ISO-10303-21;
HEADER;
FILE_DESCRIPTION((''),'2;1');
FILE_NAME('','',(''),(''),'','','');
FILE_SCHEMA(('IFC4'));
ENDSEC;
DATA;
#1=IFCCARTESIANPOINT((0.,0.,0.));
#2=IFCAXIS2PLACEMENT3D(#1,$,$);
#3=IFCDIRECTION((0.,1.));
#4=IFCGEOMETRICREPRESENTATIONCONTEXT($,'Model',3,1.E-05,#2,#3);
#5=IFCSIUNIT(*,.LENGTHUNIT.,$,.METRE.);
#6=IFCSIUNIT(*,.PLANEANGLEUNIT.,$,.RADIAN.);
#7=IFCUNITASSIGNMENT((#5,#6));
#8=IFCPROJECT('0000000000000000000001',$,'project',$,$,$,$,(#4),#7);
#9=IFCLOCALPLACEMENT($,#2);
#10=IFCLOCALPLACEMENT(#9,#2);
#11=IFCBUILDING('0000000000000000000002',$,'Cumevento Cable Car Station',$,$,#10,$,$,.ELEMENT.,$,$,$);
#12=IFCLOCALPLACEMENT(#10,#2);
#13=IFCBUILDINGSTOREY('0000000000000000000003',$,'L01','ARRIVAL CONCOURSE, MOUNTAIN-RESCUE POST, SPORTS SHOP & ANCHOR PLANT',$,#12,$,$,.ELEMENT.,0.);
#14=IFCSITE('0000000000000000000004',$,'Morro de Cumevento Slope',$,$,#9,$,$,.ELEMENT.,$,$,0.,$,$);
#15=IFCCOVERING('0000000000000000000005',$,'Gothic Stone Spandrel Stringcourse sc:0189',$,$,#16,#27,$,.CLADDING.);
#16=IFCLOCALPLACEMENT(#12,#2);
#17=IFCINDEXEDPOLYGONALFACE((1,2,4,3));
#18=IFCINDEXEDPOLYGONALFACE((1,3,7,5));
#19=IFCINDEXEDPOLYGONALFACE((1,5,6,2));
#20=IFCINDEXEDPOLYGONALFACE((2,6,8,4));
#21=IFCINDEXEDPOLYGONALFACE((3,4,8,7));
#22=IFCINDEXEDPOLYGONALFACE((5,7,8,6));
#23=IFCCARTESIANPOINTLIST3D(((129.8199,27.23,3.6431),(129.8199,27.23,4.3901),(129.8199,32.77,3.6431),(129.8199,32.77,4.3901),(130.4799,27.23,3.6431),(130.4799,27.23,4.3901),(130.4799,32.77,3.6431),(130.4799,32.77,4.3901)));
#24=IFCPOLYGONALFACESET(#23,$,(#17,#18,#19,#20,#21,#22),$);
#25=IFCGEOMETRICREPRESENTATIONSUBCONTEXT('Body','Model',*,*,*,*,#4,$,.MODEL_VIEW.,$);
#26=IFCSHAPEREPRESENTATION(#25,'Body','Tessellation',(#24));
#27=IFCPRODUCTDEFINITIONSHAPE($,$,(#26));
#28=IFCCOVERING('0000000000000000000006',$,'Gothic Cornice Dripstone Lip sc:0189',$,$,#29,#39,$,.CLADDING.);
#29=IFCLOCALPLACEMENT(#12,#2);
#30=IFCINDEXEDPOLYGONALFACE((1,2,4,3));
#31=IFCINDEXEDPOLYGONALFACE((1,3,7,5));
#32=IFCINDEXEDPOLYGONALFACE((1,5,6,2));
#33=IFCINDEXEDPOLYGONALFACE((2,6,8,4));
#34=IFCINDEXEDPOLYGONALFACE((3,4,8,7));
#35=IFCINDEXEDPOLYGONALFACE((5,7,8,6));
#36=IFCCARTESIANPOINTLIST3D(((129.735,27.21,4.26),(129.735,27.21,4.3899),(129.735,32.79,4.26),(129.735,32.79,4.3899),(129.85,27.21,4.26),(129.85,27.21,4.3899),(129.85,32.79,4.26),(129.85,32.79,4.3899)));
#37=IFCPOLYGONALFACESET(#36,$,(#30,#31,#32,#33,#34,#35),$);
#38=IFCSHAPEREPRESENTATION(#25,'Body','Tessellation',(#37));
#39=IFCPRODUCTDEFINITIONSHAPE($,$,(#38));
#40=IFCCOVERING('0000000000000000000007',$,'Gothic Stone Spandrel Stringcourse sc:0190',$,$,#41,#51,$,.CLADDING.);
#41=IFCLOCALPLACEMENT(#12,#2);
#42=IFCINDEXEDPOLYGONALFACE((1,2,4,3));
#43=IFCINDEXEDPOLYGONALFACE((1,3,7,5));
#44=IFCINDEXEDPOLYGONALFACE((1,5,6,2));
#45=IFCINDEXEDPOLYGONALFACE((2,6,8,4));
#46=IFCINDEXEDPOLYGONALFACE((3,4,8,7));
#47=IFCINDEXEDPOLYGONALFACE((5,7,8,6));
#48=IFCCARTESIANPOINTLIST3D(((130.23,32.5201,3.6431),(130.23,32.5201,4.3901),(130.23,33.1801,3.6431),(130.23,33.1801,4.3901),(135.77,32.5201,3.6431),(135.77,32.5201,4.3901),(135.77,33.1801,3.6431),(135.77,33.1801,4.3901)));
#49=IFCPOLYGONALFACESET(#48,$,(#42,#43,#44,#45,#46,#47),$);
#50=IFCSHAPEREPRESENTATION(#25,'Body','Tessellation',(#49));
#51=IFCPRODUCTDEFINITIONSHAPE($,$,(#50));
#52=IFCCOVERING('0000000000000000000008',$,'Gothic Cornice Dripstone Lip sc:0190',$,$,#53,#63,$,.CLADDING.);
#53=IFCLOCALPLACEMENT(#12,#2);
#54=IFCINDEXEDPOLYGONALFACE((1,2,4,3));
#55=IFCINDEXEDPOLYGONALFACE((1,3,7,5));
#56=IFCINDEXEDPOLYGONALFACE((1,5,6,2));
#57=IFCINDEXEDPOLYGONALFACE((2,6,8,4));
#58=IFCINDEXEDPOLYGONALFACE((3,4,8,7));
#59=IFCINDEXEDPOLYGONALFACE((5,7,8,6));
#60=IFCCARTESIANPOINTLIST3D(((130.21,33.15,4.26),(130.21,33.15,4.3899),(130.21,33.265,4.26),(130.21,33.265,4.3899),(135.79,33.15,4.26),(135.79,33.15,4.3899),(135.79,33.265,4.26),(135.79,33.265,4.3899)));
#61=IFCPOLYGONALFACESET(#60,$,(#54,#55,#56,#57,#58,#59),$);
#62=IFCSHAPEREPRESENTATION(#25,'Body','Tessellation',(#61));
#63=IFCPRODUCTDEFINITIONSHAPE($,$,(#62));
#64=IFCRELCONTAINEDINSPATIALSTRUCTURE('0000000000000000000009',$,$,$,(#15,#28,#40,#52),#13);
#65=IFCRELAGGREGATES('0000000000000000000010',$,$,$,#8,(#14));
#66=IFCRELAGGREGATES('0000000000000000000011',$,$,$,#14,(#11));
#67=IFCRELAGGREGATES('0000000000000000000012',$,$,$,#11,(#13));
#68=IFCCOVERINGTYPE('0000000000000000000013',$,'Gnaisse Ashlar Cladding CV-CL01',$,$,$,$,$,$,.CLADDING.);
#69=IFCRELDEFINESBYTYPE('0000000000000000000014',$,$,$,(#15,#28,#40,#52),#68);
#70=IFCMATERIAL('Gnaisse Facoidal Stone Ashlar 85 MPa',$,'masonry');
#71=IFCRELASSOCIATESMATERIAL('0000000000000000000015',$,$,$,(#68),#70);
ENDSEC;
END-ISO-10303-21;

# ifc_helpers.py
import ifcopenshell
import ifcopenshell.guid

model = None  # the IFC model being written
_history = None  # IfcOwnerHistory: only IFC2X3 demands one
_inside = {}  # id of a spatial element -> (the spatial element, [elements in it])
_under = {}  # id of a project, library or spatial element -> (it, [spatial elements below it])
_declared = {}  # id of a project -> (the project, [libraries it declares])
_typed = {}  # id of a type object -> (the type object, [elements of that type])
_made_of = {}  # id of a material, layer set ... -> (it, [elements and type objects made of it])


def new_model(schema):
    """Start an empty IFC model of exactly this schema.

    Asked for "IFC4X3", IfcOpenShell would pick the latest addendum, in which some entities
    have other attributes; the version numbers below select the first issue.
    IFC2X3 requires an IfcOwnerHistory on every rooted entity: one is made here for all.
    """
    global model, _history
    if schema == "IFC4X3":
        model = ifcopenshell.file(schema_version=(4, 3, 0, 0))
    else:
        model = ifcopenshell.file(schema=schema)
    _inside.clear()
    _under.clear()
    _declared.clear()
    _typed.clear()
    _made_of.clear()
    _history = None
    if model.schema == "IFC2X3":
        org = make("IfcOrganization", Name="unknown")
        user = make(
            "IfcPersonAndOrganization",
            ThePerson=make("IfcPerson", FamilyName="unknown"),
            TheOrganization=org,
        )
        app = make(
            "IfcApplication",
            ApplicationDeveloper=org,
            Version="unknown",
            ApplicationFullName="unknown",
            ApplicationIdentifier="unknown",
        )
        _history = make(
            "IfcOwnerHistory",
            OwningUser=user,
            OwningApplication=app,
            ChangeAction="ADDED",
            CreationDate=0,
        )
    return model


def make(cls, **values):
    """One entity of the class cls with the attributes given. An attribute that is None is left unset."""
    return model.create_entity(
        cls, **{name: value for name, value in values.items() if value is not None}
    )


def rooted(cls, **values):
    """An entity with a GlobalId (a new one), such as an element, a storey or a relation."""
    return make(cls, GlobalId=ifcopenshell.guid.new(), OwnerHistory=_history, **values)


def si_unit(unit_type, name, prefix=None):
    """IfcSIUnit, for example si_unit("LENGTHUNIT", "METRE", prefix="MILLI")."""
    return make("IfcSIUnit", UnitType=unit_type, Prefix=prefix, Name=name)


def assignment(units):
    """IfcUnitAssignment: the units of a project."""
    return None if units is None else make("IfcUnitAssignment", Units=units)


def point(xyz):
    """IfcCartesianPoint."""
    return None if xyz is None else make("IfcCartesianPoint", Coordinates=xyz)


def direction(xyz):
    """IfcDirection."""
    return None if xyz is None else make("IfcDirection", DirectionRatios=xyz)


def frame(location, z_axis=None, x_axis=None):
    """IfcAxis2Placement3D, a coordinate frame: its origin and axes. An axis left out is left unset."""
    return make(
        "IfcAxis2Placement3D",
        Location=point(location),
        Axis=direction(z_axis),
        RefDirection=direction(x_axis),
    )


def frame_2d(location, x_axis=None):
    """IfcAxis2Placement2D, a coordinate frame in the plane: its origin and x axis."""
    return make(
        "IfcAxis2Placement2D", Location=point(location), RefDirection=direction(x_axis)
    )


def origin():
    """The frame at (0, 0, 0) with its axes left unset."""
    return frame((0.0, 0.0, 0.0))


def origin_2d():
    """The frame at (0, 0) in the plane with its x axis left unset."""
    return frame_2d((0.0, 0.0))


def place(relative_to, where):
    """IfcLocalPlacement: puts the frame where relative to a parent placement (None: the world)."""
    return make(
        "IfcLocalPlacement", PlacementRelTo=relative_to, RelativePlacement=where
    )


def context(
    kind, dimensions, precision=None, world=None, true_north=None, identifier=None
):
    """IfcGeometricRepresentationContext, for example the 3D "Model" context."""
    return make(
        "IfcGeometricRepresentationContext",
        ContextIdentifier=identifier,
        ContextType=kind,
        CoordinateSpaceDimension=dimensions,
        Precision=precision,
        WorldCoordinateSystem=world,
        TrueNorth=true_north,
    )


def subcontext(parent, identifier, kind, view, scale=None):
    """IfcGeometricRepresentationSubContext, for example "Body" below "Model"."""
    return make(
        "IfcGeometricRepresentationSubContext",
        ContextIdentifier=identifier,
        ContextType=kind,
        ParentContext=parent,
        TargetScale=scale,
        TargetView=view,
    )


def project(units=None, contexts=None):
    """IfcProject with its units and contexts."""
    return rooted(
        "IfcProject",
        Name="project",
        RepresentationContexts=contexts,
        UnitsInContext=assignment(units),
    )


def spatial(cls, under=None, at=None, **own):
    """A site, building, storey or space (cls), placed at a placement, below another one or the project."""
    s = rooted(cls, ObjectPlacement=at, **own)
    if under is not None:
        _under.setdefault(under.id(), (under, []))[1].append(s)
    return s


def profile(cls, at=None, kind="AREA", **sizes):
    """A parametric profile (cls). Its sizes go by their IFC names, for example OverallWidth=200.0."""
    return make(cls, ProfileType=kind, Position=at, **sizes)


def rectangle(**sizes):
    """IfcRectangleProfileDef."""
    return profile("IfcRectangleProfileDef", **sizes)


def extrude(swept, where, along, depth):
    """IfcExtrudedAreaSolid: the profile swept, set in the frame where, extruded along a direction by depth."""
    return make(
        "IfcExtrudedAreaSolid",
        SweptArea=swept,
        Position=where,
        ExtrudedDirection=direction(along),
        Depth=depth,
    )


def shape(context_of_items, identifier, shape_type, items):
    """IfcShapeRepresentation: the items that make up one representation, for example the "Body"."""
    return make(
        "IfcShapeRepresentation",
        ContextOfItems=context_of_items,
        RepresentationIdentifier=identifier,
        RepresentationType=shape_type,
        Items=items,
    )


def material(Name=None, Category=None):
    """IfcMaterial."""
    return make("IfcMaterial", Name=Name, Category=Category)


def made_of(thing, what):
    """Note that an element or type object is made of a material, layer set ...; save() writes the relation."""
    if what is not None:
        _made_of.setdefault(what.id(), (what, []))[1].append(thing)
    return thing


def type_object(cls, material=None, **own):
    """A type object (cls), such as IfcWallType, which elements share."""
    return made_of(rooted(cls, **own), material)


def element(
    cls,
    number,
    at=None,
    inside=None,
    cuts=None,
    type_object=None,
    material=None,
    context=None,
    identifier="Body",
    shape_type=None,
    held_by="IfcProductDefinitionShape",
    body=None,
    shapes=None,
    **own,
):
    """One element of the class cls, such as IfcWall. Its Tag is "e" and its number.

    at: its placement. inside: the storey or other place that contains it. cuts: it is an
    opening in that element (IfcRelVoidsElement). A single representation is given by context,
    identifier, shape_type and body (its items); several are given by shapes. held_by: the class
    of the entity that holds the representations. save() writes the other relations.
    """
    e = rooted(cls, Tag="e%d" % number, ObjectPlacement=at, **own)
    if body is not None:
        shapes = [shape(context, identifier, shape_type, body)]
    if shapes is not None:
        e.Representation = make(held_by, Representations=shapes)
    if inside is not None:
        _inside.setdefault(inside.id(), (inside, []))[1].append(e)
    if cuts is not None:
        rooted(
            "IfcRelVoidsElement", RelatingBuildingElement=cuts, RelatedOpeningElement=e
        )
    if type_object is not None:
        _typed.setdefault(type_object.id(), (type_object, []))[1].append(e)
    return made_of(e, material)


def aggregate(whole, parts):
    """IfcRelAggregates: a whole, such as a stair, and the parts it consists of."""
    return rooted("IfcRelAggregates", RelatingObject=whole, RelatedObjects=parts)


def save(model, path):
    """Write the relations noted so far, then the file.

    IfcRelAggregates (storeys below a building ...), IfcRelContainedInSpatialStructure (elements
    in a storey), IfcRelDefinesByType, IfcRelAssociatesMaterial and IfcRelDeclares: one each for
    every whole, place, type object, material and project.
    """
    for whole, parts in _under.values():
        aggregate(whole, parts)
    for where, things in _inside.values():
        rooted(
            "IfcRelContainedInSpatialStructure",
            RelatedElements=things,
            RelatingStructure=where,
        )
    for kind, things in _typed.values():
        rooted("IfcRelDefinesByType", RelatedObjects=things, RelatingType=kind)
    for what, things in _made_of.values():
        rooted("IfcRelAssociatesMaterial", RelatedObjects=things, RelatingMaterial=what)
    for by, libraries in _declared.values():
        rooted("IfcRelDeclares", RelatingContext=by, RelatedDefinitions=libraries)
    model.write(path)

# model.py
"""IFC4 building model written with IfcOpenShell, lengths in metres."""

from ifc_helpers import new_model, si_unit, direction, frame, origin, origin_2d, place, context, subcontext, project, spatial, rectangle, extrude, material, type_object, element, save


model = new_model("IFC4")

# Units and contexts
model_context = context("Model", 3, precision=1e-05, world=origin(), true_north=direction((0.0, 1.0)))
body_context = subcontext(model_context, "Body", "Model", "MODEL_VIEW")
ifc_project = project(units=[si_unit("LENGTHUNIT", "METRE"), si_unit("PLANEANGLEUNIT", "RADIAN")], contexts=[model_context])

# Site, building, storey
site_placement = place(None, origin())
site = spatial("IfcSite", under=ifc_project, at=site_placement, Name="Morro de Cumevento Slope", CompositionType="ELEMENT", RefElevation=0.0)
building_placement = place(site_placement, origin())
building = spatial("IfcBuilding", under=site, at=building_placement, Name="Cumevento Cable Car Station", CompositionType="ELEMENT")
storey_placement = place(building_placement, origin())
storey = spatial("IfcBuildingStorey", under=building, at=storey_placement, Name="L01", Description="ARRIVAL CONCOURSE, MOUNTAIN-RESCUE POST, SPORTS SHOP & ANCHOR PLANT", CompositionType="ELEMENT", Elevation=0.0)

# Coverings
ifc_material_1 = material(Name="Gnaisse Facoidal Stone Ashlar 85 MPa", Category="masonry")
covering_type = type_object("IfcCoveringType", Name="Gnaisse Ashlar Cladding CV-CL01", PredefinedType="CLADDING", material=ifc_material_1)
covering_1_placement = place(storey_placement, frame((130.1499, 30.0, 3.6431), z_axis=(0.0, 0.0, 1.0), x_axis=(0.0, 1.0, 0.0)))
element("IfcCovering", 1, at=covering_1_placement, inside=storey, type_object=covering_type, Name="Gothic Stone Spandrel Stringcourse sc:0189", PredefinedType="CLADDING", context=body_context, shape_type="SweptSolid", body=[
    extrude(rectangle(XDim=5.54, YDim=0.6599, at=origin_2d()), origin(), (0.0, 0.0, 1.0), 0.7471),
])
covering_2_placement = place(storey_placement, frame((129.7925, 30.0, 4.26), z_axis=(0.0, 0.0, 1.0), x_axis=(0.0, 1.0, 0.0)))
element("IfcCovering", 2, at=covering_2_placement, inside=storey, type_object=covering_type, Name="Gothic Cornice Dripstone Lip sc:0189", PredefinedType="CLADDING", context=body_context, shape_type="SweptSolid", body=[
    extrude(rectangle(XDim=5.5801, YDim=0.115, at=origin_2d()), origin(), (0.0, 0.0, 1.0), 0.1299),
])
covering_3_placement = place(storey_placement, frame((133.0, 32.8501, 3.6431), z_axis=(0.0, 0.0, 1.0), x_axis=(1.0, 0.0, 0.0)))
element("IfcCovering", 3, at=covering_3_placement, inside=storey, type_object=covering_type, Name="Gothic Stone Spandrel Stringcourse sc:0190", PredefinedType="CLADDING", context=body_context, shape_type="SweptSolid", body=[
    extrude(rectangle(XDim=5.54, YDim=0.6599, at=origin_2d()), origin(), (0.0, 0.0, 1.0), 0.7471),
])
covering_4_placement = place(storey_placement, frame((133.0, 33.2075, 4.26), z_axis=(0.0, 0.0, 1.0), x_axis=(1.0, 0.0, 0.0)))
element("IfcCovering", 4, at=covering_4_placement, inside=storey, type_object=covering_type, Name="Gothic Cornice Dripstone Lip sc:0190", PredefinedType="CLADDING", context=body_context, shape_type="SweptSolid", body=[
    extrude(rectangle(XDim=5.5801, YDim=0.115, at=origin_2d()), origin(), (0.0, 0.0, 1.0), 0.1299),
])

save(model, "model.ifc")
